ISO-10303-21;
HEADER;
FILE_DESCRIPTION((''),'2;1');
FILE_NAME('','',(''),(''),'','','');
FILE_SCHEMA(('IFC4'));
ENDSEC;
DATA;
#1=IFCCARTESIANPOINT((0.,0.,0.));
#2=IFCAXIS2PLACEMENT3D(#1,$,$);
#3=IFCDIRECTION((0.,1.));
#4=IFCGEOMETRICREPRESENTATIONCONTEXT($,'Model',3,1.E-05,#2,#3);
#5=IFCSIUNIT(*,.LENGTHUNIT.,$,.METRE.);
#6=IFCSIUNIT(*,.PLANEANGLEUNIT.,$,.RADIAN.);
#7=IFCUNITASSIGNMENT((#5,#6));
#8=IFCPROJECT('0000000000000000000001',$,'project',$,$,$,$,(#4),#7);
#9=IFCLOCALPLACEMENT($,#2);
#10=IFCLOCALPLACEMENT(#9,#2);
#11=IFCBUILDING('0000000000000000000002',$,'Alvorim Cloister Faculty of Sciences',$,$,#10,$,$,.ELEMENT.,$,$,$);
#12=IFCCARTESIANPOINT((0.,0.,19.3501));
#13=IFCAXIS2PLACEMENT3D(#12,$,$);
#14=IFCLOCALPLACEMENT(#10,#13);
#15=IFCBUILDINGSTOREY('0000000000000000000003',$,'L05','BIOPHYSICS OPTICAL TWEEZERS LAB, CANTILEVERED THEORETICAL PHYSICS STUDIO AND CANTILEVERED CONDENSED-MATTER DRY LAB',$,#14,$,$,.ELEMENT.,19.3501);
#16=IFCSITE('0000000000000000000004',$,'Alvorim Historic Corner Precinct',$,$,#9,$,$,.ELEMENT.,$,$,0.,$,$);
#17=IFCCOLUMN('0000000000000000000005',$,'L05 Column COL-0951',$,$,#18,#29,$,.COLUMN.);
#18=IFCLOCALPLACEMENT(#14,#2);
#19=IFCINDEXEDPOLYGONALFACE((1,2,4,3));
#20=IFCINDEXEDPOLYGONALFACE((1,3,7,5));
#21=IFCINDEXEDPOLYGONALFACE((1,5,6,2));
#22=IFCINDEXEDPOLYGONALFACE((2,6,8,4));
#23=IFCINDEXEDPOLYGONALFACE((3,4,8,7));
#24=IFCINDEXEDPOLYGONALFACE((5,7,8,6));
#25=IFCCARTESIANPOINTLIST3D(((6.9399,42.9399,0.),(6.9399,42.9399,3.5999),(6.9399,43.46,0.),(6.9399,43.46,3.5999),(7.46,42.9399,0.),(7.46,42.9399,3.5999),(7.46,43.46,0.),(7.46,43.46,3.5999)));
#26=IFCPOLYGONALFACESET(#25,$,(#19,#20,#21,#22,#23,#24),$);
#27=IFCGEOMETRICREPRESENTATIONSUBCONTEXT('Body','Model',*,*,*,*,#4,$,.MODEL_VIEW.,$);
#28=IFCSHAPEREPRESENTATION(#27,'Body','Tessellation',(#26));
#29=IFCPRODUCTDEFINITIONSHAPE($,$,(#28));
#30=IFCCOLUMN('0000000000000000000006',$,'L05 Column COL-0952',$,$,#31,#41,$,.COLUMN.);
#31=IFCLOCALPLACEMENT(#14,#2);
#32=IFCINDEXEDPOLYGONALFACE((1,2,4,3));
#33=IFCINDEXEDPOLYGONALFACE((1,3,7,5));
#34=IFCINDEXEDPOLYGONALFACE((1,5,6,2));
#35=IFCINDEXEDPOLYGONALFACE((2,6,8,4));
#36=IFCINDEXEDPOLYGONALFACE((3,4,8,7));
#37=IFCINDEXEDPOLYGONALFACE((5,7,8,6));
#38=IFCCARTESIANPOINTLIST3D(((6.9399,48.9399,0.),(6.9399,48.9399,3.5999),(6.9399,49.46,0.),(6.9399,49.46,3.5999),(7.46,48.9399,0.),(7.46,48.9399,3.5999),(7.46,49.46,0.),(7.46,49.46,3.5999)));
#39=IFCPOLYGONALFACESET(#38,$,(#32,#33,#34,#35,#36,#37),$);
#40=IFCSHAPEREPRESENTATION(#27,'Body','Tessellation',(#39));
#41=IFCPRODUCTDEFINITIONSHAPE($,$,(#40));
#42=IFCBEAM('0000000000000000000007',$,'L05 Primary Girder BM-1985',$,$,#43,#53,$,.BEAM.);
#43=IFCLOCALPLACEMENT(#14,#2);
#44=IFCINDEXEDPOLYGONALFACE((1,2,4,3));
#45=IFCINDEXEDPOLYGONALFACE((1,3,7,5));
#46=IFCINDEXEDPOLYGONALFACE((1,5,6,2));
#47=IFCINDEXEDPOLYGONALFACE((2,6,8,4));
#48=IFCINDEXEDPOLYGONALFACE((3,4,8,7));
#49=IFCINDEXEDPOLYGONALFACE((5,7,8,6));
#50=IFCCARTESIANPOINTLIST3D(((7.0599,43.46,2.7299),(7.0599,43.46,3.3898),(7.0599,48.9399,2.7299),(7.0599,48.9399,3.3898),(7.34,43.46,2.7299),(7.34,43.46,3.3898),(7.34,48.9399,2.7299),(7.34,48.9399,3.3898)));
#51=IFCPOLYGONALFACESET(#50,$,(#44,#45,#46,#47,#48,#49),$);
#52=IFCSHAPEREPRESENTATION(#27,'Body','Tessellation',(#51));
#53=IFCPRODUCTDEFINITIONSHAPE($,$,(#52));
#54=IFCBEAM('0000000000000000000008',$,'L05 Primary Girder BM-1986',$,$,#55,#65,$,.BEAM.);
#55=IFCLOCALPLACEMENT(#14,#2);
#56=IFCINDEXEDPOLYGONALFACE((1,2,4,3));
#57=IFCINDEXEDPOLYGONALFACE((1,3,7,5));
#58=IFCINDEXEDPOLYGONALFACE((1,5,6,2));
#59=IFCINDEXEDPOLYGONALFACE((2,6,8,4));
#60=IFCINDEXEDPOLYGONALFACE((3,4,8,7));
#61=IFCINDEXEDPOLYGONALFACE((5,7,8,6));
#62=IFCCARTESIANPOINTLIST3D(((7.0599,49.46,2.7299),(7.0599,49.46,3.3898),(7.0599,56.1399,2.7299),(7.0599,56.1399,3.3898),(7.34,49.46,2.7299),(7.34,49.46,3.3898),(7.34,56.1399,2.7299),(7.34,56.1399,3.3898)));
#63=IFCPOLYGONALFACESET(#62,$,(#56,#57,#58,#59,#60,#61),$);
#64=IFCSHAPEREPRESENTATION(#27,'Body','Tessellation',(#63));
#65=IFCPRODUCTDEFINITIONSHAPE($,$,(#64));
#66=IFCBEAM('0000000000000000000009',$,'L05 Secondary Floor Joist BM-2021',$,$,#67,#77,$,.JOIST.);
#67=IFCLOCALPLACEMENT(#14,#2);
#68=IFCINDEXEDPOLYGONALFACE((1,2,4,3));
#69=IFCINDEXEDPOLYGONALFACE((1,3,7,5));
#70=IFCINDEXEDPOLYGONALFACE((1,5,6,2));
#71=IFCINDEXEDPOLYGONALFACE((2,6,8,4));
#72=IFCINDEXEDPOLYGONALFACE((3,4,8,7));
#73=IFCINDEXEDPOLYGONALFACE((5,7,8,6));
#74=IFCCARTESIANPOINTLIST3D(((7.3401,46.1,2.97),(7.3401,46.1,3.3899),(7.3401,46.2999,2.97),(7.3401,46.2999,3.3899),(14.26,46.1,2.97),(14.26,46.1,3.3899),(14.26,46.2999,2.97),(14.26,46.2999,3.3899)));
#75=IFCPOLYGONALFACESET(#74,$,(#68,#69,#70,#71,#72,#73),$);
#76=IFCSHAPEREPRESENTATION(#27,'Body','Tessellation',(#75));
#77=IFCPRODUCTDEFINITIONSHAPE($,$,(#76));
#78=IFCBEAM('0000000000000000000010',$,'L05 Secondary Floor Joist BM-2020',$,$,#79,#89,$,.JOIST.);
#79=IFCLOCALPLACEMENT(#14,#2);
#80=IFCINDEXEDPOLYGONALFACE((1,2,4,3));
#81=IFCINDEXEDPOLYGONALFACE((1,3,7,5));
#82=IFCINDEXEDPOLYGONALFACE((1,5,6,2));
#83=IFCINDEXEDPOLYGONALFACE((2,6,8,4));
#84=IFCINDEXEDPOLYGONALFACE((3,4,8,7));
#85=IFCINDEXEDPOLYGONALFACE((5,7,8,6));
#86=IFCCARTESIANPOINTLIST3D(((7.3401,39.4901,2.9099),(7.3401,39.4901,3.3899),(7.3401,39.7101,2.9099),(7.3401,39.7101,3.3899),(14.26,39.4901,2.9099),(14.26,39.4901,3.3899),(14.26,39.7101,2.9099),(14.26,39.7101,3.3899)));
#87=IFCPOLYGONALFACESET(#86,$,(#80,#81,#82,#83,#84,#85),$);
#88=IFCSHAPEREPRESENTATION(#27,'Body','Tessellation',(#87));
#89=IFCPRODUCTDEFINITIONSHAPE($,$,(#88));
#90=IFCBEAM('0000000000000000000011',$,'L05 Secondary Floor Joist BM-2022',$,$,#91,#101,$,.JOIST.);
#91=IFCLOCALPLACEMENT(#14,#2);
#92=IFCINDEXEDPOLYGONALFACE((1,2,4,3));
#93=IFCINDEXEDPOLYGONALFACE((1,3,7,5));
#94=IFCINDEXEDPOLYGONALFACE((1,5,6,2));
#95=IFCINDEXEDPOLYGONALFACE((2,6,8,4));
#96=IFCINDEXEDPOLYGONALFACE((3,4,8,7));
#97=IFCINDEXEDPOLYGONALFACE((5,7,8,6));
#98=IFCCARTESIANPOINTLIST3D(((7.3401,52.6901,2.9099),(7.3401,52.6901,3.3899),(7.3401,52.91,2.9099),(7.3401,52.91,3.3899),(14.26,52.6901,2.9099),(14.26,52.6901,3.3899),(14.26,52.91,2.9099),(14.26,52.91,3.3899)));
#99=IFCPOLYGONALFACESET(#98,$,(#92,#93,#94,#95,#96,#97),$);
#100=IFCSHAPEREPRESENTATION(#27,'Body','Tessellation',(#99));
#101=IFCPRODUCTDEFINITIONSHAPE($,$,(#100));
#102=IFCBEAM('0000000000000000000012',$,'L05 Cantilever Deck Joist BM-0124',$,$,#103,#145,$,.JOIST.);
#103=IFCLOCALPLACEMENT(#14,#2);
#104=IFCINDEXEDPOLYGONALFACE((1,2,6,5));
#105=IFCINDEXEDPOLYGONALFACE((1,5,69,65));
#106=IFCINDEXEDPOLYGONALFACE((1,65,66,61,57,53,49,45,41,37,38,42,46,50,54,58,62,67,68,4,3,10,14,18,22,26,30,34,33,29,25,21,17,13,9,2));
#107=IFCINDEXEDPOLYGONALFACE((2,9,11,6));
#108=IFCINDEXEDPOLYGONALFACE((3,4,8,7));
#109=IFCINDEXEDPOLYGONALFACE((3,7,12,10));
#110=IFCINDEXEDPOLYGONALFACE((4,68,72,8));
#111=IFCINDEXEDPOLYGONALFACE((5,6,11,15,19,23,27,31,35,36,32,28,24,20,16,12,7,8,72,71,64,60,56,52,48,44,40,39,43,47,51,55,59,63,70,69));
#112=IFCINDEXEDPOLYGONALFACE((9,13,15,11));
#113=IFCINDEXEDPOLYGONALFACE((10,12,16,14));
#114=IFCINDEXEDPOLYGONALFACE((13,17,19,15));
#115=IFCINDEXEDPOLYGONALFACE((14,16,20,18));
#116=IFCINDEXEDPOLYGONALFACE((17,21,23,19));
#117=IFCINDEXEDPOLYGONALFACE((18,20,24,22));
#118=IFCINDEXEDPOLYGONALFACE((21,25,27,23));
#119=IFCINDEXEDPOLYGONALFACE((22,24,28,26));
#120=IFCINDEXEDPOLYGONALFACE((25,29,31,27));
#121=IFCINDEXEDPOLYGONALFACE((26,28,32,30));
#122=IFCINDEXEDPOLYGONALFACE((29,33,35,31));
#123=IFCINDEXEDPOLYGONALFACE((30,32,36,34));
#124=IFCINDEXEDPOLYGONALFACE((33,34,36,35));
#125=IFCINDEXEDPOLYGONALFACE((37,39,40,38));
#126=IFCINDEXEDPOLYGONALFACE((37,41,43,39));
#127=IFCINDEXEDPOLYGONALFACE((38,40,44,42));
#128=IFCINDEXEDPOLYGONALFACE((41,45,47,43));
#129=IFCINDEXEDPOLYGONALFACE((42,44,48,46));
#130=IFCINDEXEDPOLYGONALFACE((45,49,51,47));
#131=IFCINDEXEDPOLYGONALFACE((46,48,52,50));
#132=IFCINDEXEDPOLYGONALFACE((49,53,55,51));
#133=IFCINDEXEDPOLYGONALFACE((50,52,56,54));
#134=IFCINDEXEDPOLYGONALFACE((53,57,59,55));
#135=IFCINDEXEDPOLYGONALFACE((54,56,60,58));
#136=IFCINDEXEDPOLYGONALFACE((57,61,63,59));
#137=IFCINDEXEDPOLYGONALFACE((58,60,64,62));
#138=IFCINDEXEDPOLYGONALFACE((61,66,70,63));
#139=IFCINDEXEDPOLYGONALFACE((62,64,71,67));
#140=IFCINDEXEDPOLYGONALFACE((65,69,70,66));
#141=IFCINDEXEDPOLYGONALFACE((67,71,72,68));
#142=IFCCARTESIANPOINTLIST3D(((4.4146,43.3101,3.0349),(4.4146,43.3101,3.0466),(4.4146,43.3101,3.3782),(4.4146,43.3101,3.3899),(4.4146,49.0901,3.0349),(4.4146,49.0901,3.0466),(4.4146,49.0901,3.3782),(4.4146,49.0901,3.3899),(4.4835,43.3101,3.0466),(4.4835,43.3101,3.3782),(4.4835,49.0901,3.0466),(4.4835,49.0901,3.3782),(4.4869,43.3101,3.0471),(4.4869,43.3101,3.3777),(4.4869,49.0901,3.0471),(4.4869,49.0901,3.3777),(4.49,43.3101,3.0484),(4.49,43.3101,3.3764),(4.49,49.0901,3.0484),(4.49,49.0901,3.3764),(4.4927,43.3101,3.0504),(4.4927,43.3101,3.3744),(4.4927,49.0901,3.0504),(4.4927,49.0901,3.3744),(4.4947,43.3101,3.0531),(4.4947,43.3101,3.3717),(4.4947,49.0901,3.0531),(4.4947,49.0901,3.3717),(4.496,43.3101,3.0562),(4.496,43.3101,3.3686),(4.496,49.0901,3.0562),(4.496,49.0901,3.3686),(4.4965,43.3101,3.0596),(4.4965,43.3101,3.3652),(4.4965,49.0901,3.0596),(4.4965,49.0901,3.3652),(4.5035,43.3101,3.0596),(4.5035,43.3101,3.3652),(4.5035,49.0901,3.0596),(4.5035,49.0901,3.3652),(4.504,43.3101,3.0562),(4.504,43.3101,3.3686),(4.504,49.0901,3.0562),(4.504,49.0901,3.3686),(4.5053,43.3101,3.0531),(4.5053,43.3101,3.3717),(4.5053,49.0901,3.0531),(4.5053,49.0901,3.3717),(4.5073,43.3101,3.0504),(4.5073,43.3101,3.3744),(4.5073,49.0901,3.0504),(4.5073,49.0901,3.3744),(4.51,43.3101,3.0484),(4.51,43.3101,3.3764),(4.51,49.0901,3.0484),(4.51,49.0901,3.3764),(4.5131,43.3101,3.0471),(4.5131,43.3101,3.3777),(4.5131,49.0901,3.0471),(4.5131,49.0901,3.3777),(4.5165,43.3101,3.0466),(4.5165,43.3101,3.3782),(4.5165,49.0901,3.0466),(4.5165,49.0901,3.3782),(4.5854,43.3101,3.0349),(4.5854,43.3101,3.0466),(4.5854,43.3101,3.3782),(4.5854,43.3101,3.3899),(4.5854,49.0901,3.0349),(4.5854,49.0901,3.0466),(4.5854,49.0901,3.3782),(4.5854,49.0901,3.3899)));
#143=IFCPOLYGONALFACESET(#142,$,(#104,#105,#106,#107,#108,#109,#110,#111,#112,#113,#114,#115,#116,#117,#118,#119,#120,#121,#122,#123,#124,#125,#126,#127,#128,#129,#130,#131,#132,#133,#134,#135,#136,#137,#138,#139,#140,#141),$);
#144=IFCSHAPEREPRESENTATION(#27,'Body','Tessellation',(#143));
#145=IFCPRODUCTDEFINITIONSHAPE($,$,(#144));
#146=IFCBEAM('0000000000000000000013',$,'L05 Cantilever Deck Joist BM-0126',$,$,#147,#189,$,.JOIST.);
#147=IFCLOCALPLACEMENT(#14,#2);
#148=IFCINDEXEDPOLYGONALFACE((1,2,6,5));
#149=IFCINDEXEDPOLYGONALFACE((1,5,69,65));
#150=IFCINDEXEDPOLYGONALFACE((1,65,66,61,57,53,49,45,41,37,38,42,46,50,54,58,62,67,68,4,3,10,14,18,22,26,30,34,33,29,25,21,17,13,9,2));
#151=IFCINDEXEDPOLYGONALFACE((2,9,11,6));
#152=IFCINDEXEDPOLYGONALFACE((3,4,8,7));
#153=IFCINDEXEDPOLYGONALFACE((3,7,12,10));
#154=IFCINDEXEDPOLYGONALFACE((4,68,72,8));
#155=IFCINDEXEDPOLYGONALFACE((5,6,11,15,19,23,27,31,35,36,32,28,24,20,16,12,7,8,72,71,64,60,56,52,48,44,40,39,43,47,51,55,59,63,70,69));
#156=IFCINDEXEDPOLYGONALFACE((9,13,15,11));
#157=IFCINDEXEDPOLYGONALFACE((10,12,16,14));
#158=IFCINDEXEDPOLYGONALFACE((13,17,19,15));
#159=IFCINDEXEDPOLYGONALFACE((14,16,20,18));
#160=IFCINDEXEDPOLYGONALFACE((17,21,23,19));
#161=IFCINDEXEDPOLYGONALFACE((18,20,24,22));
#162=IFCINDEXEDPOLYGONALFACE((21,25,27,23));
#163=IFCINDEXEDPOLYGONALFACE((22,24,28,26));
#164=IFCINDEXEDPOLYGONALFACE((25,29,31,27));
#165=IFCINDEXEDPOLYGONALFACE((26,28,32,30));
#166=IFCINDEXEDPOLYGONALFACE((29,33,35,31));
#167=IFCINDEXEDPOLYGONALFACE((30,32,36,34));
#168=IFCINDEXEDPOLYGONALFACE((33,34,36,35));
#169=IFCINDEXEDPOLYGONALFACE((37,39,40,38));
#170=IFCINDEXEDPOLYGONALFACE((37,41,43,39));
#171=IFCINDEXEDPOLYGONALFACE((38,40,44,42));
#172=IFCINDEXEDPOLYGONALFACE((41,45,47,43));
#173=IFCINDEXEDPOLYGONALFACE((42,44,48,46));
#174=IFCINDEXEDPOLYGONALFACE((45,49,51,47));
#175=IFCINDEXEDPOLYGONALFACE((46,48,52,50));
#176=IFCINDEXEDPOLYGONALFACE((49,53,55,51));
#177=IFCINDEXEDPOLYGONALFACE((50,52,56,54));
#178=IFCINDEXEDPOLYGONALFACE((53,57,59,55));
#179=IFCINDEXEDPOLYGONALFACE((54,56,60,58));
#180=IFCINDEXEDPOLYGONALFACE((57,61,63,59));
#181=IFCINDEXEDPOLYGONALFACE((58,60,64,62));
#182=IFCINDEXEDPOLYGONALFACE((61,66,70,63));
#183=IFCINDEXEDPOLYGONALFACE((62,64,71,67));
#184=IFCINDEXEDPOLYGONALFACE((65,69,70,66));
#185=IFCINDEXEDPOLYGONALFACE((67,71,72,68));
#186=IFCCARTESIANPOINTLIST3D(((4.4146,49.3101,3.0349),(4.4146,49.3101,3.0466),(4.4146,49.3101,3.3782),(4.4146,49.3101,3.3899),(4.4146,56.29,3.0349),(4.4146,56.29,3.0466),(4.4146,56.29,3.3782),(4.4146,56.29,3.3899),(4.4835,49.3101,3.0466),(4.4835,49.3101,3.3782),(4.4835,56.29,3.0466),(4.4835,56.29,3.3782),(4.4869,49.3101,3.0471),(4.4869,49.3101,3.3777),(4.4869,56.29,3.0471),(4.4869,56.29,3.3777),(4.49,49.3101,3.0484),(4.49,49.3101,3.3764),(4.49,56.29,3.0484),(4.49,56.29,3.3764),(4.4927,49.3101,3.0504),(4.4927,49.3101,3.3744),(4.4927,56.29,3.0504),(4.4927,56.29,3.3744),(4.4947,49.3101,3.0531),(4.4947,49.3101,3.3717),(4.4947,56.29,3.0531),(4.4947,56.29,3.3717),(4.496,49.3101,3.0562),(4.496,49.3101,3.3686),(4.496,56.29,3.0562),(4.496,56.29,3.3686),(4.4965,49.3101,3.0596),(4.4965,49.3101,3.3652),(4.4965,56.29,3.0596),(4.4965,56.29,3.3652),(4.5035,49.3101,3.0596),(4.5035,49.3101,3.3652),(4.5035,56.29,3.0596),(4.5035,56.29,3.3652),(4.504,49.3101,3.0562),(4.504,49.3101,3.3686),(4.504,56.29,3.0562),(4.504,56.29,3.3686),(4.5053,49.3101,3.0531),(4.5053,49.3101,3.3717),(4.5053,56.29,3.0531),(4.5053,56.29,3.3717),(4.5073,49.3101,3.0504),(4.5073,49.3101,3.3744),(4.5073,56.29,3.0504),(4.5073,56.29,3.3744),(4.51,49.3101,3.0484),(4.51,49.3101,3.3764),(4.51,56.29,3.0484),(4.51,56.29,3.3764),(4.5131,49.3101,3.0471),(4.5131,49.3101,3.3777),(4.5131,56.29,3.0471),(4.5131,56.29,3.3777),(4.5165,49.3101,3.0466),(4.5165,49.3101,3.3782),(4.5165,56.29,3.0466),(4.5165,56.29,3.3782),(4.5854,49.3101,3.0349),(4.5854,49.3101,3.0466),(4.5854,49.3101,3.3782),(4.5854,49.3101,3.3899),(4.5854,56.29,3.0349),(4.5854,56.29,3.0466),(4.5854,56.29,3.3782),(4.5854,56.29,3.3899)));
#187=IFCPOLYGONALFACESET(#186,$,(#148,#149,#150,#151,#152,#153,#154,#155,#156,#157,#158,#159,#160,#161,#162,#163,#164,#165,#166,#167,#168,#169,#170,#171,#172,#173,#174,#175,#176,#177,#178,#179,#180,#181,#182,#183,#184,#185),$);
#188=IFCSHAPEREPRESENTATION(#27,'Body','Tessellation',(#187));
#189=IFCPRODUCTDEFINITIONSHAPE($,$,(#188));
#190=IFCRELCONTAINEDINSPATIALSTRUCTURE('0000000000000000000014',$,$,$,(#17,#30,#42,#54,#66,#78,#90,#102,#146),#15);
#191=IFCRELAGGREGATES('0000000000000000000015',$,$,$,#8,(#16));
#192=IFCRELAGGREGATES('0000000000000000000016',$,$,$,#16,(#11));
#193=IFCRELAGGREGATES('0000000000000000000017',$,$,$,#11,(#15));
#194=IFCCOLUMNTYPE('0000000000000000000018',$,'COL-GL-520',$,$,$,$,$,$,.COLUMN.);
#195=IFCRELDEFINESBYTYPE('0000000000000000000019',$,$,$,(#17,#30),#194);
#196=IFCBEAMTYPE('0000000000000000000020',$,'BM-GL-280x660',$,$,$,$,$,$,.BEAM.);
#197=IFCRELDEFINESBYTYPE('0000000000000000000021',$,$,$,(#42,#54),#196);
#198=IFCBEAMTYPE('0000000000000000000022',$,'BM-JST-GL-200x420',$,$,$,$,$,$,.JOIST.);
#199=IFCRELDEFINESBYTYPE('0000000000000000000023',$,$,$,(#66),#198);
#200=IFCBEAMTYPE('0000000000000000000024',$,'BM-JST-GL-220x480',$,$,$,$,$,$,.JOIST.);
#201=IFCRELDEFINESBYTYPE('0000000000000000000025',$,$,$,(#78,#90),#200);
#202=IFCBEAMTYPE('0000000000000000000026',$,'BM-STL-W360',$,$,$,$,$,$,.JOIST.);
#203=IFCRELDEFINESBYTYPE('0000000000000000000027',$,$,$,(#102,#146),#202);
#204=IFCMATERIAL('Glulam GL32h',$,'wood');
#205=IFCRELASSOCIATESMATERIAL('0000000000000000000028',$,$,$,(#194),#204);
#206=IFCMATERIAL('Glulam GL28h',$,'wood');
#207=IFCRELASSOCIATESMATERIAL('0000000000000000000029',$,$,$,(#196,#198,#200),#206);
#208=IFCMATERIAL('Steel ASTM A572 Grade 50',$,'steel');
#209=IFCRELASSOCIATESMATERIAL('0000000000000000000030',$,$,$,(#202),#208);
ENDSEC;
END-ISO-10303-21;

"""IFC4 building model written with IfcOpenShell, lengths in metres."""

from ifc_helpers import new_model, si_unit, direction, frame, origin, origin_2d, place, context, subcontext, project, spatial, rectangle, i_section, extrude, material, material_profile, profile_set, type_object, element, save


model = new_model("IFC4")

# Units and contexts
model_context = context("Model", 3, precision=1e-05, world=origin(), true_north=direction((0.0, 1.0)))
body_context = subcontext(model_context, "Body", "Model", "MODEL_VIEW")
ifc_project = project(units=[si_unit("LENGTHUNIT", "METRE"), si_unit("PLANEANGLEUNIT", "RADIAN")], contexts=[model_context])

# Site, building, storey
site_placement = place(None, origin())
site = spatial("IfcSite", under=ifc_project, at=site_placement, Name="Alvorim Historic Corner Precinct", CompositionType="ELEMENT", RefElevation=0.0)
building_placement = place(site_placement, origin())
building = spatial("IfcBuilding", under=site, at=building_placement, Name="Alvorim Cloister Faculty of Sciences", CompositionType="ELEMENT")
storey_placement = place(building_placement, frame((0.0, 0.0, 19.3501)))
storey = spatial("IfcBuildingStorey", under=building, at=storey_placement, Name="L05", Description="BIOPHYSICS OPTICAL TWEEZERS LAB, CANTILEVERED THEORETICAL PHYSICS STUDIO AND CANTILEVERED CONDENSED-MATTER DRY LAB", CompositionType="ELEMENT", Elevation=19.3501)

# Columns
ifc_material_1 = material(Name="Glulam GL32h", Category="wood")
ifc_material_profile_1 = material_profile(ifc_material_1, rectangle(XDim=0.52, YDim=0.52, at=origin_2d()), Name="GL32-COL-520x520")
ifc_profile_set_1 = profile_set([ifc_material_profile_1], Name="Glulam GL32h")
column_type = type_object("IfcColumnType", Name="COL-GL-520", PredefinedType="COLUMN", material=ifc_profile_set_1)
for number, where, z_axis, x_axis, name in (
    (1, (7.2, 43.2, 0.0), (0.0, 0.0, 1.0), (1.0, 0.0, 0.0), "L05 Column COL-0951"),
    (2, (7.2, 49.2, 0.0), (0.0, 0.0, 1.0), (1.0, 0.0, 0.0), "L05 Column COL-0952"),
):
    element("IfcColumn", number, at=place(storey_placement, frame(where, z_axis=z_axis, x_axis=x_axis)), inside=storey, type_object=column_type, Name=name, PredefinedType="COLUMN", context=body_context, shape_type="SweptSolid", body=[
        extrude(rectangle(XDim=0.52, YDim=0.52, at=origin_2d()), origin(), (0.0, 0.0, 1.0), 3.5999),
    ])

# Beams
ifc_material_2 = material(Name="Glulam GL28h", Category="wood")
ifc_material_profile_2 = material_profile(ifc_material_2, rectangle(XDim=0.28, YDim=0.6599, at=origin_2d()), Name="GL28-BM-280x660")
ifc_profile_set_2 = profile_set([ifc_material_profile_2], Name="Glulam GL28h")
beam_type_1 = type_object("IfcBeamType", Name="BM-GL-280x660", PredefinedType="BEAM", material=ifc_profile_set_2)
beam_1_placement = place(storey_placement, frame((7.2, 43.46, 3.0598), z_axis=(0.0, 1.0, 0.0), x_axis=(-1.0, 0.0, 0.0)))
element("IfcBeam", 3, at=beam_1_placement, inside=storey, type_object=beam_type_1, Name="L05 Primary Girder BM-1985", PredefinedType="BEAM", context=body_context, shape_type="SweptSolid", body=[
    extrude(rectangle(XDim=0.28, YDim=0.6599, at=origin_2d()), origin(), (0.0, 0.0, 1.0), 5.48),
])
beam_2_placement = place(storey_placement, frame((7.2, 49.46, 3.0598), z_axis=(0.0, 1.0, 0.0), x_axis=(-1.0, 0.0, 0.0)))
element("IfcBeam", 4, at=beam_2_placement, inside=storey, type_object=beam_type_1, Name="L05 Primary Girder BM-1986", PredefinedType="BEAM", context=body_context, shape_type="SweptSolid", body=[
    extrude(rectangle(XDim=0.28, YDim=0.6599, at=origin_2d()), origin(), (0.0, 0.0, 1.0), 6.6799),
])
ifc_material_profile_3 = material_profile(ifc_material_2, rectangle(XDim=0.2, YDim=0.4199, at=origin_2d()), Name="GL28-JST-200x420")
ifc_profile_set_3 = profile_set([ifc_material_profile_3], Name="Glulam GL28h")
beam_type_2 = type_object("IfcBeamType", Name="BM-JST-GL-200x420", PredefinedType="JOIST", material=ifc_profile_set_3)
beam_3_placement = place(storey_placement, frame((7.3401, 46.2, 3.1799), z_axis=(1.0, 0.0, 0.0), x_axis=(0.0, 1.0, 0.0)))
element("IfcBeam", 5, at=beam_3_placement, inside=storey, type_object=beam_type_2, Name="L05 Secondary Floor Joist BM-2021", PredefinedType="JOIST", context=body_context, shape_type="SweptSolid", body=[
    extrude(rectangle(XDim=0.2, YDim=0.4199, at=origin_2d()), origin(), (0.0, 0.0, 1.0), 6.9199),
])
ifc_material_profile_4 = material_profile(ifc_material_2, rectangle(XDim=0.22, YDim=0.48, at=origin_2d()), Name="GL28-JST-220x480")
ifc_profile_set_4 = profile_set([ifc_material_profile_4], Name="Glulam GL28h")
beam_type_3 = type_object("IfcBeamType", Name="BM-JST-GL-220x480", PredefinedType="JOIST", material=ifc_profile_set_4)
for number, where, z_axis, x_axis, name in (
    (6, (7.3401, 39.6001, 3.1499), (1.0, 0.0, 0.0), (0.0, 1.0, 0.0), "L05 Secondary Floor Joist BM-2020"),
    (7, (7.3401, 52.8, 3.1499), (1.0, 0.0, 0.0), (0.0, 1.0, 0.0), "L05 Secondary Floor Joist BM-2022"),
):
    element("IfcBeam", number, at=place(storey_placement, frame(where, z_axis=z_axis, x_axis=x_axis)), inside=storey, type_object=beam_type_3, Name=name, PredefinedType="JOIST", context=body_context, shape_type="SweptSolid", body=[
        extrude(rectangle(XDim=0.22, YDim=0.48, at=origin_2d()), origin(), (0.0, 0.0, 1.0), 6.9199),
    ])
ifc_material_3 = material(Name="Steel ASTM A572 Grade 50", Category="steel")
ifc_material_profile_5 = material_profile(ifc_material_3, i_section(OverallWidth=0.1709, OverallDepth=0.355, WebThickness=0.0071, FlangeThickness=0.0117, FilletRadius=0.0129, at=origin_2d()), Name="W360x51.0")
ifc_profile_set_5 = profile_set([ifc_material_profile_5], Name="Steel ASTM A572 Grade 50")
beam_type_4 = type_object("IfcBeamType", Name="BM-STL-W360", PredefinedType="JOIST", material=ifc_profile_set_5)
beam_4_placement = place(storey_placement, frame((4.5, 43.3101, 3.2124), z_axis=(0.0, 1.0, 0.0), x_axis=(-1.0, 0.0, 0.0)))
element("IfcBeam", 8, at=beam_4_placement, inside=storey, type_object=beam_type_4, Name="L05 Cantilever Deck Joist BM-0124", PredefinedType="JOIST", context=body_context, shape_type="SweptSolid", body=[
    extrude(i_section(OverallWidth=0.1709, OverallDepth=0.355, WebThickness=0.0071, FlangeThickness=0.0117, FilletRadius=0.0129, at=origin_2d()), origin(), (0.0, 0.0, 1.0), 5.78),
])
beam_5_placement = place(storey_placement, frame((4.5, 49.3101, 3.2124), z_axis=(0.0, 1.0, 0.0), x_axis=(-1.0, 0.0, 0.0)))
element("IfcBeam", 9, at=beam_5_placement, inside=storey, type_object=beam_type_4, Name="L05 Cantilever Deck Joist BM-0126", PredefinedType="JOIST", context=body_context, shape_type="SweptSolid", body=[
    extrude(i_section(OverallWidth=0.1709, OverallDepth=0.355, WebThickness=0.0071, FlangeThickness=0.0117, FilletRadius=0.0129, at=origin_2d()), origin(), (0.0, 0.0, 1.0), 6.98),
])

save(model, "model.ifc")
